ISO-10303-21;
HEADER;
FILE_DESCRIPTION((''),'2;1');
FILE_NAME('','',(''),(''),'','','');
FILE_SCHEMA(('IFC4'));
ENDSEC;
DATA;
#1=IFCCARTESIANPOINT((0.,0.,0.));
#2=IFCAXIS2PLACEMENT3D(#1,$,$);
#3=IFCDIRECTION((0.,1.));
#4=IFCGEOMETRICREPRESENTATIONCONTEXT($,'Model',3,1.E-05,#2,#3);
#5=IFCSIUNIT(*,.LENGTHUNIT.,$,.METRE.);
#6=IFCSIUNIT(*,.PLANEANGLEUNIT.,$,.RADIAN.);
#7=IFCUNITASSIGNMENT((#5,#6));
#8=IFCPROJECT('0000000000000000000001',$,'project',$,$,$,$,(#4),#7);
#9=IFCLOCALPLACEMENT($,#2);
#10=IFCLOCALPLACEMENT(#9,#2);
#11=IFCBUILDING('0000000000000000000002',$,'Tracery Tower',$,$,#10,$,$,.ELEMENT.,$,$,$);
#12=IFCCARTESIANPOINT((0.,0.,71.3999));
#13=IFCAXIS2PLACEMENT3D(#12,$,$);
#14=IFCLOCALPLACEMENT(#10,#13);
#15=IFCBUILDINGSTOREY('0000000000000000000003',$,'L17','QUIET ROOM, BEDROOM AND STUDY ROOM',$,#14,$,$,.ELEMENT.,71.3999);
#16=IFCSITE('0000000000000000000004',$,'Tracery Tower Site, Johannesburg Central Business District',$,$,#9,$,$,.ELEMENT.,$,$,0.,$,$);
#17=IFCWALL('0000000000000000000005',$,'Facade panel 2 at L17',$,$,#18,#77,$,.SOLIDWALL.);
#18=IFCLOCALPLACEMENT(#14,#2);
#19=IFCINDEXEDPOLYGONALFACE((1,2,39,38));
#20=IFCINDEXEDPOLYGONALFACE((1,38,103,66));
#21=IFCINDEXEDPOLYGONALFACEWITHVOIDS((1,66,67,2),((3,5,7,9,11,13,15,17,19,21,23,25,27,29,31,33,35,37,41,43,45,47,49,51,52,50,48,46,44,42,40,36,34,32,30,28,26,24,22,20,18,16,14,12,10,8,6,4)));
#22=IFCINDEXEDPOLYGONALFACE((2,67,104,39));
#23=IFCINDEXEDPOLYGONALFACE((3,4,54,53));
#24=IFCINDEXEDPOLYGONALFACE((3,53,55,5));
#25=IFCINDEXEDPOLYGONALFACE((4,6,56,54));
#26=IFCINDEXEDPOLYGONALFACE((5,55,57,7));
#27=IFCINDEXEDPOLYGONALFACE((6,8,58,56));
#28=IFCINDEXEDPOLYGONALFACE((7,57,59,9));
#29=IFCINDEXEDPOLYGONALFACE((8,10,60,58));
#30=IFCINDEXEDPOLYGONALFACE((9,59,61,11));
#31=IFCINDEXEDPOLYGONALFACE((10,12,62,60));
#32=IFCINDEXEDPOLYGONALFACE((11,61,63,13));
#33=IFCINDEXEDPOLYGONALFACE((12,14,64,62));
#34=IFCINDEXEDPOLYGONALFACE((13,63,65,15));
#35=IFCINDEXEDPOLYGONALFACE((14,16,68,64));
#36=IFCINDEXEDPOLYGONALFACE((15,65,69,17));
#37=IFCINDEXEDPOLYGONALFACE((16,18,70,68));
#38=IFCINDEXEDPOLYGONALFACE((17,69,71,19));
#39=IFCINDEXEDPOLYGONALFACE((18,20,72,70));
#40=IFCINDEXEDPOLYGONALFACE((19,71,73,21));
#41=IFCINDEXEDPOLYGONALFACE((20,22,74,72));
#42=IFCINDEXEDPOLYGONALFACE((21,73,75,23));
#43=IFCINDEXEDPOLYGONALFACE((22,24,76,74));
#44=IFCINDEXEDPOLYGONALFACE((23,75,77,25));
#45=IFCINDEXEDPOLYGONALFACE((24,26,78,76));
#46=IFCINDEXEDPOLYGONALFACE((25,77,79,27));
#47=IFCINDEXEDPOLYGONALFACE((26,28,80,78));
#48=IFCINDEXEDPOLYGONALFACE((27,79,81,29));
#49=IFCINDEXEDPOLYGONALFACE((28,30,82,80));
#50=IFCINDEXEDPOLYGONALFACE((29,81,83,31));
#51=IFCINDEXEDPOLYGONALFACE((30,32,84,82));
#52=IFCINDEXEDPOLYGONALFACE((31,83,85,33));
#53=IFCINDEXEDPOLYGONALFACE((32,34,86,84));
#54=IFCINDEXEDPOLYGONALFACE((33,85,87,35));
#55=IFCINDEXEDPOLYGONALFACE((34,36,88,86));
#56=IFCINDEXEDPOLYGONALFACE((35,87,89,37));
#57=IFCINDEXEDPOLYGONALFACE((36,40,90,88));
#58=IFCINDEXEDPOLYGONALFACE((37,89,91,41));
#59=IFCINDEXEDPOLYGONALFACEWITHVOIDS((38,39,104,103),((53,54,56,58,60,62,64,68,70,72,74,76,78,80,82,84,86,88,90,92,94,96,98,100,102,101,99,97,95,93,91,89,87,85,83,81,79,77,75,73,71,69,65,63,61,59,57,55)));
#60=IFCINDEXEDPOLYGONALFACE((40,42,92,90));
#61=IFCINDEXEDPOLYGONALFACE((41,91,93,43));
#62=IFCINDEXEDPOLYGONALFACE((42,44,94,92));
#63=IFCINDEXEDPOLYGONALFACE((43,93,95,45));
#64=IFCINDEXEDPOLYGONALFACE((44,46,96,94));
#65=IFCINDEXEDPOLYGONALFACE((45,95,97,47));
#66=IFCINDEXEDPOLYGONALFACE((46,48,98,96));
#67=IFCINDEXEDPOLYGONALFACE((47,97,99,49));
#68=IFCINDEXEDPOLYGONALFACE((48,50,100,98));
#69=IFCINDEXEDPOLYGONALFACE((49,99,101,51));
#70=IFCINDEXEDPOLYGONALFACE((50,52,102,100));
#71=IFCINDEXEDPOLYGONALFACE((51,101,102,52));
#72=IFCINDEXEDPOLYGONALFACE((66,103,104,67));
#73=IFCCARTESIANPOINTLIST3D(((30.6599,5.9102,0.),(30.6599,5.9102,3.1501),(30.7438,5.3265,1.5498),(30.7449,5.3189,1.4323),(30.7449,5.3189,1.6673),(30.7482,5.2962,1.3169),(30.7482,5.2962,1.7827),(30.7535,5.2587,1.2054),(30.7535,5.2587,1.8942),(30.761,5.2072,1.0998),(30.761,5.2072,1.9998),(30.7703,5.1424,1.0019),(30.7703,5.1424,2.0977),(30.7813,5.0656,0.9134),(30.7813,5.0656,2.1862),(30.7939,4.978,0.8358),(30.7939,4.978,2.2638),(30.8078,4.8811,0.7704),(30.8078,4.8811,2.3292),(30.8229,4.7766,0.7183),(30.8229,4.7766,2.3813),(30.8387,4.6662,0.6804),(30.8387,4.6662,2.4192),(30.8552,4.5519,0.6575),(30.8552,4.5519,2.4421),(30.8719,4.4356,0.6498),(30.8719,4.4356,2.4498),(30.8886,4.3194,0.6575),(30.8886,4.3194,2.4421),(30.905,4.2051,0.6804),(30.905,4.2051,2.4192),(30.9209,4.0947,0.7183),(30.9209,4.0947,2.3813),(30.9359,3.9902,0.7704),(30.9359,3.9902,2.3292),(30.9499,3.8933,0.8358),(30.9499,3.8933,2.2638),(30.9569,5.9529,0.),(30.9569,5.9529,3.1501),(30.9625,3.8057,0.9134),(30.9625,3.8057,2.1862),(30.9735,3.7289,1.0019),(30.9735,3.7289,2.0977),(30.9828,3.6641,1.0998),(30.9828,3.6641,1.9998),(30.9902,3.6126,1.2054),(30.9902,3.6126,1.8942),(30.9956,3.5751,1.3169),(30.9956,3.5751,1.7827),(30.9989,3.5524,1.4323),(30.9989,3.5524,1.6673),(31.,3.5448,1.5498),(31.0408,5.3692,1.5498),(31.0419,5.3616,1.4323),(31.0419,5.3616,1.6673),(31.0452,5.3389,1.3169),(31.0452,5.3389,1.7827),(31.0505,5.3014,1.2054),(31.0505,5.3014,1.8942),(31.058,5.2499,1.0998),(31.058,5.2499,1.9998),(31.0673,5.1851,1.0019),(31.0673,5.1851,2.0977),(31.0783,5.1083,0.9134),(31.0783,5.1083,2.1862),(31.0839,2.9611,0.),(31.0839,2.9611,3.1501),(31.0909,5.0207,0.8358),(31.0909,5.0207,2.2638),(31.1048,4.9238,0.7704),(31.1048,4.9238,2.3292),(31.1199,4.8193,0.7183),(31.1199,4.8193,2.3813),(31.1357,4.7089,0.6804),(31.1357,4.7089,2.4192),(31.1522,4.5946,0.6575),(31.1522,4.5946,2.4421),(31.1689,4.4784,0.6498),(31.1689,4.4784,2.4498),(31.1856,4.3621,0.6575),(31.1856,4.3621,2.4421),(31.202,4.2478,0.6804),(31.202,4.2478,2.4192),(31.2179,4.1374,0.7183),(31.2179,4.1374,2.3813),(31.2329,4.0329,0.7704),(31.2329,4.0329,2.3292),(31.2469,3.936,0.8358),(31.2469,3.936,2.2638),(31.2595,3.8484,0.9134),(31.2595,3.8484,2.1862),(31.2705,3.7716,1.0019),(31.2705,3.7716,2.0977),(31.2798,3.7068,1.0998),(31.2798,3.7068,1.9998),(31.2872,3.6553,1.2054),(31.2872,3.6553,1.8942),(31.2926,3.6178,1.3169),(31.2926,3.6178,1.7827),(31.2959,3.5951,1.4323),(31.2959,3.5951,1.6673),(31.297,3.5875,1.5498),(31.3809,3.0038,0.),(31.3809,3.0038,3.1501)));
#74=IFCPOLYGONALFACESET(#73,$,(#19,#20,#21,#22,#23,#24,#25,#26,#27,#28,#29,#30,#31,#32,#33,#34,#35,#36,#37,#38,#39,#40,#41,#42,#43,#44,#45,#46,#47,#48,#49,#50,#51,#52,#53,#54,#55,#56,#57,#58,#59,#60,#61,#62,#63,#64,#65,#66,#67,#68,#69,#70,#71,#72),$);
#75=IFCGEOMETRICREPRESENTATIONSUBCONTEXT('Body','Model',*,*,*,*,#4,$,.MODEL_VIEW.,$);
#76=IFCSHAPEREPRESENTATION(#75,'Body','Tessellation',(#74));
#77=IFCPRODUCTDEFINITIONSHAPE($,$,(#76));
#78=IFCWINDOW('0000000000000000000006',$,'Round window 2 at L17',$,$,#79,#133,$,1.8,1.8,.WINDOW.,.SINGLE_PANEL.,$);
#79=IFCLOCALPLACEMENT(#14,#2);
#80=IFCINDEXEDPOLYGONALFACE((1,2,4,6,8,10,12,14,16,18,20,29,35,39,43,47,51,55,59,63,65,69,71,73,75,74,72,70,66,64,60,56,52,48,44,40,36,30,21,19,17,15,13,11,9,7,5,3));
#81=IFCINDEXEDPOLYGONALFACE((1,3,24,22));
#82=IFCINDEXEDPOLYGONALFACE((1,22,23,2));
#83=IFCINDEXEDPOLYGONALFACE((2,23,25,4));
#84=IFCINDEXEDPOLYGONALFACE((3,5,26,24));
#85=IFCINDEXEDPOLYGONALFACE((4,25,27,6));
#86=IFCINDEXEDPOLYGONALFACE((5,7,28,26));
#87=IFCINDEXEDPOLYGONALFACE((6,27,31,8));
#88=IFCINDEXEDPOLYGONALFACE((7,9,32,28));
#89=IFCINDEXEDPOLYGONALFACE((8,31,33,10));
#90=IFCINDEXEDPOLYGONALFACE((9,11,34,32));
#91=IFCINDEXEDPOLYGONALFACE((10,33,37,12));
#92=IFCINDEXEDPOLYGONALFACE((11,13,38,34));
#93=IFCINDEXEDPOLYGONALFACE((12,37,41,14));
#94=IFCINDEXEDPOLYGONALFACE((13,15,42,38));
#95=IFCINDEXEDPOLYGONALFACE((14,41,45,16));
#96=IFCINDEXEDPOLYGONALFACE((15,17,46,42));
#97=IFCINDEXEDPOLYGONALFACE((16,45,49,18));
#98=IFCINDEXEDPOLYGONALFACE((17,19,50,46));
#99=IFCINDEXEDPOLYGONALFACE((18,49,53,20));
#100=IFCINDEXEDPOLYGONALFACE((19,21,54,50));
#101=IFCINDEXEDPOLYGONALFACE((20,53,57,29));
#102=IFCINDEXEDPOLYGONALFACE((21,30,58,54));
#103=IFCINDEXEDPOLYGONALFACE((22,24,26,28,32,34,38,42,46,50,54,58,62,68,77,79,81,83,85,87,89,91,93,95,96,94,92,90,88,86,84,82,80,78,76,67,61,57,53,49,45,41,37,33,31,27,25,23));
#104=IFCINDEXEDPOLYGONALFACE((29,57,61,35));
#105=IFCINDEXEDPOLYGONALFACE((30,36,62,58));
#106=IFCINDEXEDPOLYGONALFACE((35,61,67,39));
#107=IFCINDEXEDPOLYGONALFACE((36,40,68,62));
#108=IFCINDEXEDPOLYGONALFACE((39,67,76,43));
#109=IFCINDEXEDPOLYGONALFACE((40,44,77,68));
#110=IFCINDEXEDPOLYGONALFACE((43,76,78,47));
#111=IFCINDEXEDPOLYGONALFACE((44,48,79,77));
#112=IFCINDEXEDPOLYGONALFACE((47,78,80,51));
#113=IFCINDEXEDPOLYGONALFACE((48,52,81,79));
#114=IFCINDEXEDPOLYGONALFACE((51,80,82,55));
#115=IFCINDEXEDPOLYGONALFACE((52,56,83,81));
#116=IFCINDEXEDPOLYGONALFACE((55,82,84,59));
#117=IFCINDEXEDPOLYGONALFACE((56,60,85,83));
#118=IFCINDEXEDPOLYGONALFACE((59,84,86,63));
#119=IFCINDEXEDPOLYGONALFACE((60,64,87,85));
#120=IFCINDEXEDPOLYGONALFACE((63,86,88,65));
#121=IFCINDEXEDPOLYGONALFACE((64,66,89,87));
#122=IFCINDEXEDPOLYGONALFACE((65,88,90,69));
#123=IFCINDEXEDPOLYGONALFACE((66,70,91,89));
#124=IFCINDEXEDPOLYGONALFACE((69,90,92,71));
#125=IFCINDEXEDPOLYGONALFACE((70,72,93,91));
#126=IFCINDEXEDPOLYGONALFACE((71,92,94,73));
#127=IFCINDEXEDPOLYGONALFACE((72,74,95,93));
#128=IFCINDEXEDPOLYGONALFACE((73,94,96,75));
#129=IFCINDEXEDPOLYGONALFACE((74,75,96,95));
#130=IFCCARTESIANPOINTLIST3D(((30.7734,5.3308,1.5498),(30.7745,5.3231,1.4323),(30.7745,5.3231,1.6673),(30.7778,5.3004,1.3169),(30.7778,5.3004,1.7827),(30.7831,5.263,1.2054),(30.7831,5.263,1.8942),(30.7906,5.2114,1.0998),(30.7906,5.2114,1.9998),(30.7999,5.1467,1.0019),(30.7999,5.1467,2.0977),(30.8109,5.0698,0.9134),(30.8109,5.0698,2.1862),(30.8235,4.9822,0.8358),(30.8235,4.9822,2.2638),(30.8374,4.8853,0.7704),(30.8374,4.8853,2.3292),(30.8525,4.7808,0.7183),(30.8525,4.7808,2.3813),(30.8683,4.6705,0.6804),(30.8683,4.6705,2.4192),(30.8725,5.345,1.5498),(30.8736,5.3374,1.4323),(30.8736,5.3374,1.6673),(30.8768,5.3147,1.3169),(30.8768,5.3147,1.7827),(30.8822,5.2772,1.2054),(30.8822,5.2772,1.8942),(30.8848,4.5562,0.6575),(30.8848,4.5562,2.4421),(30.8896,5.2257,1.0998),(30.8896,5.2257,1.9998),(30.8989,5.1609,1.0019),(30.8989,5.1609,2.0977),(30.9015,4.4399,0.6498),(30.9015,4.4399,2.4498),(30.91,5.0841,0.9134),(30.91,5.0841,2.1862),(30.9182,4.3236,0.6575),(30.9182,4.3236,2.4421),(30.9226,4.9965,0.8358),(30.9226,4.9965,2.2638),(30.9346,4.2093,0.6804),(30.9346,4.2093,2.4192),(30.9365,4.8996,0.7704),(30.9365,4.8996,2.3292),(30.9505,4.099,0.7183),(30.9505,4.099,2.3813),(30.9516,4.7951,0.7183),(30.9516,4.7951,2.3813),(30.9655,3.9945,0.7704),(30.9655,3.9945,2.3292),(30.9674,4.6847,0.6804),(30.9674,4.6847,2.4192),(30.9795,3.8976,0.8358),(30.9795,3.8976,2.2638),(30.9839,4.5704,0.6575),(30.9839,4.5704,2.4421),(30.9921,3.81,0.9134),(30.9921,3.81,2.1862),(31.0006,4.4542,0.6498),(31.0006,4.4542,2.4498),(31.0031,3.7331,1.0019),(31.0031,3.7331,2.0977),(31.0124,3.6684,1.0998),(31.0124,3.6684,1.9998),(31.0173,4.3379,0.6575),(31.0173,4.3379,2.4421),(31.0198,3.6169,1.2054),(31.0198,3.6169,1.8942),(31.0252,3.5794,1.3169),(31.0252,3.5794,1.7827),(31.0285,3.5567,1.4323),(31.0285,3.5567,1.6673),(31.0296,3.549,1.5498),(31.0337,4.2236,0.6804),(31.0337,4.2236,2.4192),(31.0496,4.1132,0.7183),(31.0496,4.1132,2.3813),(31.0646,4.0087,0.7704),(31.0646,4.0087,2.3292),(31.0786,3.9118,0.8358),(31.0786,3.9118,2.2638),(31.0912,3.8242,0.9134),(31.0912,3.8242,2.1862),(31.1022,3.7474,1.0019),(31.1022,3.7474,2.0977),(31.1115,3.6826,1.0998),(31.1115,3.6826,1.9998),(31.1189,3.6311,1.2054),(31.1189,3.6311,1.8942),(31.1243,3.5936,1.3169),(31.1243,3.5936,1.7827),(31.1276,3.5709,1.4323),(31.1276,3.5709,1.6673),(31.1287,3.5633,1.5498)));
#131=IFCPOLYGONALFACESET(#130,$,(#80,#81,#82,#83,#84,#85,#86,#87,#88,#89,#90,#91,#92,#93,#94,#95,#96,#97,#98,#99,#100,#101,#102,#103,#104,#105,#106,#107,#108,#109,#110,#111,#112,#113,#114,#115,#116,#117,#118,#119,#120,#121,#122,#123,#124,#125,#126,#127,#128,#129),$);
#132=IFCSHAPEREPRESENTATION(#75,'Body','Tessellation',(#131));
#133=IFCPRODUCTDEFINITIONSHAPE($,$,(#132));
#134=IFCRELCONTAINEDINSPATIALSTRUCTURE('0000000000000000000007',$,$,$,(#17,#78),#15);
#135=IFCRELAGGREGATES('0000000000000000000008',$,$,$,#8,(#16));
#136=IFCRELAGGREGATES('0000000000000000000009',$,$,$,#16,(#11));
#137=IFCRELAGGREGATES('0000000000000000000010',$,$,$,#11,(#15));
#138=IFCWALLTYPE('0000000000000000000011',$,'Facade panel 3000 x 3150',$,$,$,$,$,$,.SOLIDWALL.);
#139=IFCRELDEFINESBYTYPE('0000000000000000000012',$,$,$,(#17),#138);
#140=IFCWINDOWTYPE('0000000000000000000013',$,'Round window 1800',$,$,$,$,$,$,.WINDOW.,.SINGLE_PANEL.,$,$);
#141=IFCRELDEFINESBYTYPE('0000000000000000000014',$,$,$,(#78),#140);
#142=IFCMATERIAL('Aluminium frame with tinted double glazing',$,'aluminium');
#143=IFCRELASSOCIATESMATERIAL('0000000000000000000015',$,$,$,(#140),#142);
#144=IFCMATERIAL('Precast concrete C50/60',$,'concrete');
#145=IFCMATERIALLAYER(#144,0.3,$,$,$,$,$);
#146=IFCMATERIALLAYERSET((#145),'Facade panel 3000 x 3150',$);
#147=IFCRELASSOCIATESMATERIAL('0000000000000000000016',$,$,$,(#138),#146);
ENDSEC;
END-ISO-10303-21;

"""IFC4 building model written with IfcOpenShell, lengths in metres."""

from ifc_helpers import new_model, si_unit, direction, frame, frame_2d, origin, origin_2d, place, context, subcontext, project, spatial, rectangle, circle, extrude, material, layer, layer_set, type_object, element, fill, save


model = new_model("IFC4")

# Units and contexts
model_context = context("Model", 3, precision=1e-05, world=origin(), true_north=direction((0.0, 1.0)))
body_context = subcontext(model_context, "Body", "Model", "MODEL_VIEW")
ifc_project = project(units=[si_unit("LENGTHUNIT", "METRE"), si_unit("PLANEANGLEUNIT", "RADIAN")], contexts=[model_context])

# Site, building, storey
site_placement = place(None, origin())
site = spatial("IfcSite", under=ifc_project, at=site_placement, Name="Tracery Tower Site, Johannesburg Central Business District", CompositionType="ELEMENT", RefElevation=0.0)
building_placement = place(site_placement, origin())
building = spatial("IfcBuilding", under=site, at=building_placement, Name="Tracery Tower", CompositionType="ELEMENT")
storey_placement = place(building_placement, frame((0.0, 0.0, 71.3999)))
storey = spatial("IfcBuildingStorey", under=building, at=storey_placement, Name="L17", Description="QUIET ROOM, BEDROOM AND STUDY ROOM", CompositionType="ELEMENT", Elevation=71.3999)

# Wall, opening, window
ifc_material_1 = material(Name="Aluminium frame with tinted double glazing", Category="aluminium")
window_type = type_object("IfcWindowType", Name="Round window 1800", PartitioningType="SINGLE_PANEL", PredefinedType="WINDOW", material=ifc_material_1)
ifc_material_2 = material(Name="Precast concrete C50/60", Category="concrete")
ifc_layer_1 = layer(ifc_material_2, 0.3)
ifc_layer_set_1 = layer_set([ifc_layer_1], Name="Facade panel 3000 x 3150")
wall_type_1 = type_object("IfcWallType", Name="Facade panel 3000 x 3150", PredefinedType="SOLIDWALL", material=ifc_layer_set_1)
wall_1_placement = place(storey_placement, frame((31.2324, 2.9824, 0.0), z_axis=(0.0, 0.0, 1.0), x_axis=(-0.142328, 0.98982, 0.0)))
wall_1 = element("IfcWall", 1, at=wall_1_placement, inside=storey, type_object=wall_type_1, Name="Facade panel 2 at L17", PredefinedType="SOLIDWALL", context=body_context, shape_type="SweptSolid", body=[
    extrude(rectangle(XDim=2.9795, YDim=0.3, at=frame_2d((1.4897, 0.0))), origin(), (0.0, 0.0, 1.0), 3.1501),
])
opening_1_placement = place(wall_1_placement, frame((1.4897, 0.0, 1.5498)))
opening_1 = element("IfcOpeningElement", 2, at=opening_1_placement, cuts=wall_1, PredefinedType="OPENING", context=body_context, shape_type="SweptSolid", body=[
    extrude(circle(Radius=0.9, at=origin_2d()), frame((0.0, 0.1599, 0.0), z_axis=(0.0, -1.0, 0.0), x_axis=(1.0, 0.0, 0.0)), (0.0, 0.0, 1.0), 0.3201),
])
window_1_placement = place(opening_1_placement, origin())
window_1 = element("IfcWindow", 3, at=window_1_placement, inside=storey, type_object=window_type, Name="Round window 2 at L17", OverallHeight=1.8, OverallWidth=1.8, PartitioningType="SINGLE_PANEL", PredefinedType="WINDOW", context=body_context, shape_type="SweptSolid", body=[
    extrude(circle(Radius=0.9, at=origin_2d()), frame((0.0, 0.1201, 0.0), z_axis=(0.0, -1.0, 0.0), x_axis=(1.0, 0.0, 0.0)), (0.0, 0.0, 1.0), 0.1001),
])
fill(opening_1, window_1)

save(model, "model.ifc")
